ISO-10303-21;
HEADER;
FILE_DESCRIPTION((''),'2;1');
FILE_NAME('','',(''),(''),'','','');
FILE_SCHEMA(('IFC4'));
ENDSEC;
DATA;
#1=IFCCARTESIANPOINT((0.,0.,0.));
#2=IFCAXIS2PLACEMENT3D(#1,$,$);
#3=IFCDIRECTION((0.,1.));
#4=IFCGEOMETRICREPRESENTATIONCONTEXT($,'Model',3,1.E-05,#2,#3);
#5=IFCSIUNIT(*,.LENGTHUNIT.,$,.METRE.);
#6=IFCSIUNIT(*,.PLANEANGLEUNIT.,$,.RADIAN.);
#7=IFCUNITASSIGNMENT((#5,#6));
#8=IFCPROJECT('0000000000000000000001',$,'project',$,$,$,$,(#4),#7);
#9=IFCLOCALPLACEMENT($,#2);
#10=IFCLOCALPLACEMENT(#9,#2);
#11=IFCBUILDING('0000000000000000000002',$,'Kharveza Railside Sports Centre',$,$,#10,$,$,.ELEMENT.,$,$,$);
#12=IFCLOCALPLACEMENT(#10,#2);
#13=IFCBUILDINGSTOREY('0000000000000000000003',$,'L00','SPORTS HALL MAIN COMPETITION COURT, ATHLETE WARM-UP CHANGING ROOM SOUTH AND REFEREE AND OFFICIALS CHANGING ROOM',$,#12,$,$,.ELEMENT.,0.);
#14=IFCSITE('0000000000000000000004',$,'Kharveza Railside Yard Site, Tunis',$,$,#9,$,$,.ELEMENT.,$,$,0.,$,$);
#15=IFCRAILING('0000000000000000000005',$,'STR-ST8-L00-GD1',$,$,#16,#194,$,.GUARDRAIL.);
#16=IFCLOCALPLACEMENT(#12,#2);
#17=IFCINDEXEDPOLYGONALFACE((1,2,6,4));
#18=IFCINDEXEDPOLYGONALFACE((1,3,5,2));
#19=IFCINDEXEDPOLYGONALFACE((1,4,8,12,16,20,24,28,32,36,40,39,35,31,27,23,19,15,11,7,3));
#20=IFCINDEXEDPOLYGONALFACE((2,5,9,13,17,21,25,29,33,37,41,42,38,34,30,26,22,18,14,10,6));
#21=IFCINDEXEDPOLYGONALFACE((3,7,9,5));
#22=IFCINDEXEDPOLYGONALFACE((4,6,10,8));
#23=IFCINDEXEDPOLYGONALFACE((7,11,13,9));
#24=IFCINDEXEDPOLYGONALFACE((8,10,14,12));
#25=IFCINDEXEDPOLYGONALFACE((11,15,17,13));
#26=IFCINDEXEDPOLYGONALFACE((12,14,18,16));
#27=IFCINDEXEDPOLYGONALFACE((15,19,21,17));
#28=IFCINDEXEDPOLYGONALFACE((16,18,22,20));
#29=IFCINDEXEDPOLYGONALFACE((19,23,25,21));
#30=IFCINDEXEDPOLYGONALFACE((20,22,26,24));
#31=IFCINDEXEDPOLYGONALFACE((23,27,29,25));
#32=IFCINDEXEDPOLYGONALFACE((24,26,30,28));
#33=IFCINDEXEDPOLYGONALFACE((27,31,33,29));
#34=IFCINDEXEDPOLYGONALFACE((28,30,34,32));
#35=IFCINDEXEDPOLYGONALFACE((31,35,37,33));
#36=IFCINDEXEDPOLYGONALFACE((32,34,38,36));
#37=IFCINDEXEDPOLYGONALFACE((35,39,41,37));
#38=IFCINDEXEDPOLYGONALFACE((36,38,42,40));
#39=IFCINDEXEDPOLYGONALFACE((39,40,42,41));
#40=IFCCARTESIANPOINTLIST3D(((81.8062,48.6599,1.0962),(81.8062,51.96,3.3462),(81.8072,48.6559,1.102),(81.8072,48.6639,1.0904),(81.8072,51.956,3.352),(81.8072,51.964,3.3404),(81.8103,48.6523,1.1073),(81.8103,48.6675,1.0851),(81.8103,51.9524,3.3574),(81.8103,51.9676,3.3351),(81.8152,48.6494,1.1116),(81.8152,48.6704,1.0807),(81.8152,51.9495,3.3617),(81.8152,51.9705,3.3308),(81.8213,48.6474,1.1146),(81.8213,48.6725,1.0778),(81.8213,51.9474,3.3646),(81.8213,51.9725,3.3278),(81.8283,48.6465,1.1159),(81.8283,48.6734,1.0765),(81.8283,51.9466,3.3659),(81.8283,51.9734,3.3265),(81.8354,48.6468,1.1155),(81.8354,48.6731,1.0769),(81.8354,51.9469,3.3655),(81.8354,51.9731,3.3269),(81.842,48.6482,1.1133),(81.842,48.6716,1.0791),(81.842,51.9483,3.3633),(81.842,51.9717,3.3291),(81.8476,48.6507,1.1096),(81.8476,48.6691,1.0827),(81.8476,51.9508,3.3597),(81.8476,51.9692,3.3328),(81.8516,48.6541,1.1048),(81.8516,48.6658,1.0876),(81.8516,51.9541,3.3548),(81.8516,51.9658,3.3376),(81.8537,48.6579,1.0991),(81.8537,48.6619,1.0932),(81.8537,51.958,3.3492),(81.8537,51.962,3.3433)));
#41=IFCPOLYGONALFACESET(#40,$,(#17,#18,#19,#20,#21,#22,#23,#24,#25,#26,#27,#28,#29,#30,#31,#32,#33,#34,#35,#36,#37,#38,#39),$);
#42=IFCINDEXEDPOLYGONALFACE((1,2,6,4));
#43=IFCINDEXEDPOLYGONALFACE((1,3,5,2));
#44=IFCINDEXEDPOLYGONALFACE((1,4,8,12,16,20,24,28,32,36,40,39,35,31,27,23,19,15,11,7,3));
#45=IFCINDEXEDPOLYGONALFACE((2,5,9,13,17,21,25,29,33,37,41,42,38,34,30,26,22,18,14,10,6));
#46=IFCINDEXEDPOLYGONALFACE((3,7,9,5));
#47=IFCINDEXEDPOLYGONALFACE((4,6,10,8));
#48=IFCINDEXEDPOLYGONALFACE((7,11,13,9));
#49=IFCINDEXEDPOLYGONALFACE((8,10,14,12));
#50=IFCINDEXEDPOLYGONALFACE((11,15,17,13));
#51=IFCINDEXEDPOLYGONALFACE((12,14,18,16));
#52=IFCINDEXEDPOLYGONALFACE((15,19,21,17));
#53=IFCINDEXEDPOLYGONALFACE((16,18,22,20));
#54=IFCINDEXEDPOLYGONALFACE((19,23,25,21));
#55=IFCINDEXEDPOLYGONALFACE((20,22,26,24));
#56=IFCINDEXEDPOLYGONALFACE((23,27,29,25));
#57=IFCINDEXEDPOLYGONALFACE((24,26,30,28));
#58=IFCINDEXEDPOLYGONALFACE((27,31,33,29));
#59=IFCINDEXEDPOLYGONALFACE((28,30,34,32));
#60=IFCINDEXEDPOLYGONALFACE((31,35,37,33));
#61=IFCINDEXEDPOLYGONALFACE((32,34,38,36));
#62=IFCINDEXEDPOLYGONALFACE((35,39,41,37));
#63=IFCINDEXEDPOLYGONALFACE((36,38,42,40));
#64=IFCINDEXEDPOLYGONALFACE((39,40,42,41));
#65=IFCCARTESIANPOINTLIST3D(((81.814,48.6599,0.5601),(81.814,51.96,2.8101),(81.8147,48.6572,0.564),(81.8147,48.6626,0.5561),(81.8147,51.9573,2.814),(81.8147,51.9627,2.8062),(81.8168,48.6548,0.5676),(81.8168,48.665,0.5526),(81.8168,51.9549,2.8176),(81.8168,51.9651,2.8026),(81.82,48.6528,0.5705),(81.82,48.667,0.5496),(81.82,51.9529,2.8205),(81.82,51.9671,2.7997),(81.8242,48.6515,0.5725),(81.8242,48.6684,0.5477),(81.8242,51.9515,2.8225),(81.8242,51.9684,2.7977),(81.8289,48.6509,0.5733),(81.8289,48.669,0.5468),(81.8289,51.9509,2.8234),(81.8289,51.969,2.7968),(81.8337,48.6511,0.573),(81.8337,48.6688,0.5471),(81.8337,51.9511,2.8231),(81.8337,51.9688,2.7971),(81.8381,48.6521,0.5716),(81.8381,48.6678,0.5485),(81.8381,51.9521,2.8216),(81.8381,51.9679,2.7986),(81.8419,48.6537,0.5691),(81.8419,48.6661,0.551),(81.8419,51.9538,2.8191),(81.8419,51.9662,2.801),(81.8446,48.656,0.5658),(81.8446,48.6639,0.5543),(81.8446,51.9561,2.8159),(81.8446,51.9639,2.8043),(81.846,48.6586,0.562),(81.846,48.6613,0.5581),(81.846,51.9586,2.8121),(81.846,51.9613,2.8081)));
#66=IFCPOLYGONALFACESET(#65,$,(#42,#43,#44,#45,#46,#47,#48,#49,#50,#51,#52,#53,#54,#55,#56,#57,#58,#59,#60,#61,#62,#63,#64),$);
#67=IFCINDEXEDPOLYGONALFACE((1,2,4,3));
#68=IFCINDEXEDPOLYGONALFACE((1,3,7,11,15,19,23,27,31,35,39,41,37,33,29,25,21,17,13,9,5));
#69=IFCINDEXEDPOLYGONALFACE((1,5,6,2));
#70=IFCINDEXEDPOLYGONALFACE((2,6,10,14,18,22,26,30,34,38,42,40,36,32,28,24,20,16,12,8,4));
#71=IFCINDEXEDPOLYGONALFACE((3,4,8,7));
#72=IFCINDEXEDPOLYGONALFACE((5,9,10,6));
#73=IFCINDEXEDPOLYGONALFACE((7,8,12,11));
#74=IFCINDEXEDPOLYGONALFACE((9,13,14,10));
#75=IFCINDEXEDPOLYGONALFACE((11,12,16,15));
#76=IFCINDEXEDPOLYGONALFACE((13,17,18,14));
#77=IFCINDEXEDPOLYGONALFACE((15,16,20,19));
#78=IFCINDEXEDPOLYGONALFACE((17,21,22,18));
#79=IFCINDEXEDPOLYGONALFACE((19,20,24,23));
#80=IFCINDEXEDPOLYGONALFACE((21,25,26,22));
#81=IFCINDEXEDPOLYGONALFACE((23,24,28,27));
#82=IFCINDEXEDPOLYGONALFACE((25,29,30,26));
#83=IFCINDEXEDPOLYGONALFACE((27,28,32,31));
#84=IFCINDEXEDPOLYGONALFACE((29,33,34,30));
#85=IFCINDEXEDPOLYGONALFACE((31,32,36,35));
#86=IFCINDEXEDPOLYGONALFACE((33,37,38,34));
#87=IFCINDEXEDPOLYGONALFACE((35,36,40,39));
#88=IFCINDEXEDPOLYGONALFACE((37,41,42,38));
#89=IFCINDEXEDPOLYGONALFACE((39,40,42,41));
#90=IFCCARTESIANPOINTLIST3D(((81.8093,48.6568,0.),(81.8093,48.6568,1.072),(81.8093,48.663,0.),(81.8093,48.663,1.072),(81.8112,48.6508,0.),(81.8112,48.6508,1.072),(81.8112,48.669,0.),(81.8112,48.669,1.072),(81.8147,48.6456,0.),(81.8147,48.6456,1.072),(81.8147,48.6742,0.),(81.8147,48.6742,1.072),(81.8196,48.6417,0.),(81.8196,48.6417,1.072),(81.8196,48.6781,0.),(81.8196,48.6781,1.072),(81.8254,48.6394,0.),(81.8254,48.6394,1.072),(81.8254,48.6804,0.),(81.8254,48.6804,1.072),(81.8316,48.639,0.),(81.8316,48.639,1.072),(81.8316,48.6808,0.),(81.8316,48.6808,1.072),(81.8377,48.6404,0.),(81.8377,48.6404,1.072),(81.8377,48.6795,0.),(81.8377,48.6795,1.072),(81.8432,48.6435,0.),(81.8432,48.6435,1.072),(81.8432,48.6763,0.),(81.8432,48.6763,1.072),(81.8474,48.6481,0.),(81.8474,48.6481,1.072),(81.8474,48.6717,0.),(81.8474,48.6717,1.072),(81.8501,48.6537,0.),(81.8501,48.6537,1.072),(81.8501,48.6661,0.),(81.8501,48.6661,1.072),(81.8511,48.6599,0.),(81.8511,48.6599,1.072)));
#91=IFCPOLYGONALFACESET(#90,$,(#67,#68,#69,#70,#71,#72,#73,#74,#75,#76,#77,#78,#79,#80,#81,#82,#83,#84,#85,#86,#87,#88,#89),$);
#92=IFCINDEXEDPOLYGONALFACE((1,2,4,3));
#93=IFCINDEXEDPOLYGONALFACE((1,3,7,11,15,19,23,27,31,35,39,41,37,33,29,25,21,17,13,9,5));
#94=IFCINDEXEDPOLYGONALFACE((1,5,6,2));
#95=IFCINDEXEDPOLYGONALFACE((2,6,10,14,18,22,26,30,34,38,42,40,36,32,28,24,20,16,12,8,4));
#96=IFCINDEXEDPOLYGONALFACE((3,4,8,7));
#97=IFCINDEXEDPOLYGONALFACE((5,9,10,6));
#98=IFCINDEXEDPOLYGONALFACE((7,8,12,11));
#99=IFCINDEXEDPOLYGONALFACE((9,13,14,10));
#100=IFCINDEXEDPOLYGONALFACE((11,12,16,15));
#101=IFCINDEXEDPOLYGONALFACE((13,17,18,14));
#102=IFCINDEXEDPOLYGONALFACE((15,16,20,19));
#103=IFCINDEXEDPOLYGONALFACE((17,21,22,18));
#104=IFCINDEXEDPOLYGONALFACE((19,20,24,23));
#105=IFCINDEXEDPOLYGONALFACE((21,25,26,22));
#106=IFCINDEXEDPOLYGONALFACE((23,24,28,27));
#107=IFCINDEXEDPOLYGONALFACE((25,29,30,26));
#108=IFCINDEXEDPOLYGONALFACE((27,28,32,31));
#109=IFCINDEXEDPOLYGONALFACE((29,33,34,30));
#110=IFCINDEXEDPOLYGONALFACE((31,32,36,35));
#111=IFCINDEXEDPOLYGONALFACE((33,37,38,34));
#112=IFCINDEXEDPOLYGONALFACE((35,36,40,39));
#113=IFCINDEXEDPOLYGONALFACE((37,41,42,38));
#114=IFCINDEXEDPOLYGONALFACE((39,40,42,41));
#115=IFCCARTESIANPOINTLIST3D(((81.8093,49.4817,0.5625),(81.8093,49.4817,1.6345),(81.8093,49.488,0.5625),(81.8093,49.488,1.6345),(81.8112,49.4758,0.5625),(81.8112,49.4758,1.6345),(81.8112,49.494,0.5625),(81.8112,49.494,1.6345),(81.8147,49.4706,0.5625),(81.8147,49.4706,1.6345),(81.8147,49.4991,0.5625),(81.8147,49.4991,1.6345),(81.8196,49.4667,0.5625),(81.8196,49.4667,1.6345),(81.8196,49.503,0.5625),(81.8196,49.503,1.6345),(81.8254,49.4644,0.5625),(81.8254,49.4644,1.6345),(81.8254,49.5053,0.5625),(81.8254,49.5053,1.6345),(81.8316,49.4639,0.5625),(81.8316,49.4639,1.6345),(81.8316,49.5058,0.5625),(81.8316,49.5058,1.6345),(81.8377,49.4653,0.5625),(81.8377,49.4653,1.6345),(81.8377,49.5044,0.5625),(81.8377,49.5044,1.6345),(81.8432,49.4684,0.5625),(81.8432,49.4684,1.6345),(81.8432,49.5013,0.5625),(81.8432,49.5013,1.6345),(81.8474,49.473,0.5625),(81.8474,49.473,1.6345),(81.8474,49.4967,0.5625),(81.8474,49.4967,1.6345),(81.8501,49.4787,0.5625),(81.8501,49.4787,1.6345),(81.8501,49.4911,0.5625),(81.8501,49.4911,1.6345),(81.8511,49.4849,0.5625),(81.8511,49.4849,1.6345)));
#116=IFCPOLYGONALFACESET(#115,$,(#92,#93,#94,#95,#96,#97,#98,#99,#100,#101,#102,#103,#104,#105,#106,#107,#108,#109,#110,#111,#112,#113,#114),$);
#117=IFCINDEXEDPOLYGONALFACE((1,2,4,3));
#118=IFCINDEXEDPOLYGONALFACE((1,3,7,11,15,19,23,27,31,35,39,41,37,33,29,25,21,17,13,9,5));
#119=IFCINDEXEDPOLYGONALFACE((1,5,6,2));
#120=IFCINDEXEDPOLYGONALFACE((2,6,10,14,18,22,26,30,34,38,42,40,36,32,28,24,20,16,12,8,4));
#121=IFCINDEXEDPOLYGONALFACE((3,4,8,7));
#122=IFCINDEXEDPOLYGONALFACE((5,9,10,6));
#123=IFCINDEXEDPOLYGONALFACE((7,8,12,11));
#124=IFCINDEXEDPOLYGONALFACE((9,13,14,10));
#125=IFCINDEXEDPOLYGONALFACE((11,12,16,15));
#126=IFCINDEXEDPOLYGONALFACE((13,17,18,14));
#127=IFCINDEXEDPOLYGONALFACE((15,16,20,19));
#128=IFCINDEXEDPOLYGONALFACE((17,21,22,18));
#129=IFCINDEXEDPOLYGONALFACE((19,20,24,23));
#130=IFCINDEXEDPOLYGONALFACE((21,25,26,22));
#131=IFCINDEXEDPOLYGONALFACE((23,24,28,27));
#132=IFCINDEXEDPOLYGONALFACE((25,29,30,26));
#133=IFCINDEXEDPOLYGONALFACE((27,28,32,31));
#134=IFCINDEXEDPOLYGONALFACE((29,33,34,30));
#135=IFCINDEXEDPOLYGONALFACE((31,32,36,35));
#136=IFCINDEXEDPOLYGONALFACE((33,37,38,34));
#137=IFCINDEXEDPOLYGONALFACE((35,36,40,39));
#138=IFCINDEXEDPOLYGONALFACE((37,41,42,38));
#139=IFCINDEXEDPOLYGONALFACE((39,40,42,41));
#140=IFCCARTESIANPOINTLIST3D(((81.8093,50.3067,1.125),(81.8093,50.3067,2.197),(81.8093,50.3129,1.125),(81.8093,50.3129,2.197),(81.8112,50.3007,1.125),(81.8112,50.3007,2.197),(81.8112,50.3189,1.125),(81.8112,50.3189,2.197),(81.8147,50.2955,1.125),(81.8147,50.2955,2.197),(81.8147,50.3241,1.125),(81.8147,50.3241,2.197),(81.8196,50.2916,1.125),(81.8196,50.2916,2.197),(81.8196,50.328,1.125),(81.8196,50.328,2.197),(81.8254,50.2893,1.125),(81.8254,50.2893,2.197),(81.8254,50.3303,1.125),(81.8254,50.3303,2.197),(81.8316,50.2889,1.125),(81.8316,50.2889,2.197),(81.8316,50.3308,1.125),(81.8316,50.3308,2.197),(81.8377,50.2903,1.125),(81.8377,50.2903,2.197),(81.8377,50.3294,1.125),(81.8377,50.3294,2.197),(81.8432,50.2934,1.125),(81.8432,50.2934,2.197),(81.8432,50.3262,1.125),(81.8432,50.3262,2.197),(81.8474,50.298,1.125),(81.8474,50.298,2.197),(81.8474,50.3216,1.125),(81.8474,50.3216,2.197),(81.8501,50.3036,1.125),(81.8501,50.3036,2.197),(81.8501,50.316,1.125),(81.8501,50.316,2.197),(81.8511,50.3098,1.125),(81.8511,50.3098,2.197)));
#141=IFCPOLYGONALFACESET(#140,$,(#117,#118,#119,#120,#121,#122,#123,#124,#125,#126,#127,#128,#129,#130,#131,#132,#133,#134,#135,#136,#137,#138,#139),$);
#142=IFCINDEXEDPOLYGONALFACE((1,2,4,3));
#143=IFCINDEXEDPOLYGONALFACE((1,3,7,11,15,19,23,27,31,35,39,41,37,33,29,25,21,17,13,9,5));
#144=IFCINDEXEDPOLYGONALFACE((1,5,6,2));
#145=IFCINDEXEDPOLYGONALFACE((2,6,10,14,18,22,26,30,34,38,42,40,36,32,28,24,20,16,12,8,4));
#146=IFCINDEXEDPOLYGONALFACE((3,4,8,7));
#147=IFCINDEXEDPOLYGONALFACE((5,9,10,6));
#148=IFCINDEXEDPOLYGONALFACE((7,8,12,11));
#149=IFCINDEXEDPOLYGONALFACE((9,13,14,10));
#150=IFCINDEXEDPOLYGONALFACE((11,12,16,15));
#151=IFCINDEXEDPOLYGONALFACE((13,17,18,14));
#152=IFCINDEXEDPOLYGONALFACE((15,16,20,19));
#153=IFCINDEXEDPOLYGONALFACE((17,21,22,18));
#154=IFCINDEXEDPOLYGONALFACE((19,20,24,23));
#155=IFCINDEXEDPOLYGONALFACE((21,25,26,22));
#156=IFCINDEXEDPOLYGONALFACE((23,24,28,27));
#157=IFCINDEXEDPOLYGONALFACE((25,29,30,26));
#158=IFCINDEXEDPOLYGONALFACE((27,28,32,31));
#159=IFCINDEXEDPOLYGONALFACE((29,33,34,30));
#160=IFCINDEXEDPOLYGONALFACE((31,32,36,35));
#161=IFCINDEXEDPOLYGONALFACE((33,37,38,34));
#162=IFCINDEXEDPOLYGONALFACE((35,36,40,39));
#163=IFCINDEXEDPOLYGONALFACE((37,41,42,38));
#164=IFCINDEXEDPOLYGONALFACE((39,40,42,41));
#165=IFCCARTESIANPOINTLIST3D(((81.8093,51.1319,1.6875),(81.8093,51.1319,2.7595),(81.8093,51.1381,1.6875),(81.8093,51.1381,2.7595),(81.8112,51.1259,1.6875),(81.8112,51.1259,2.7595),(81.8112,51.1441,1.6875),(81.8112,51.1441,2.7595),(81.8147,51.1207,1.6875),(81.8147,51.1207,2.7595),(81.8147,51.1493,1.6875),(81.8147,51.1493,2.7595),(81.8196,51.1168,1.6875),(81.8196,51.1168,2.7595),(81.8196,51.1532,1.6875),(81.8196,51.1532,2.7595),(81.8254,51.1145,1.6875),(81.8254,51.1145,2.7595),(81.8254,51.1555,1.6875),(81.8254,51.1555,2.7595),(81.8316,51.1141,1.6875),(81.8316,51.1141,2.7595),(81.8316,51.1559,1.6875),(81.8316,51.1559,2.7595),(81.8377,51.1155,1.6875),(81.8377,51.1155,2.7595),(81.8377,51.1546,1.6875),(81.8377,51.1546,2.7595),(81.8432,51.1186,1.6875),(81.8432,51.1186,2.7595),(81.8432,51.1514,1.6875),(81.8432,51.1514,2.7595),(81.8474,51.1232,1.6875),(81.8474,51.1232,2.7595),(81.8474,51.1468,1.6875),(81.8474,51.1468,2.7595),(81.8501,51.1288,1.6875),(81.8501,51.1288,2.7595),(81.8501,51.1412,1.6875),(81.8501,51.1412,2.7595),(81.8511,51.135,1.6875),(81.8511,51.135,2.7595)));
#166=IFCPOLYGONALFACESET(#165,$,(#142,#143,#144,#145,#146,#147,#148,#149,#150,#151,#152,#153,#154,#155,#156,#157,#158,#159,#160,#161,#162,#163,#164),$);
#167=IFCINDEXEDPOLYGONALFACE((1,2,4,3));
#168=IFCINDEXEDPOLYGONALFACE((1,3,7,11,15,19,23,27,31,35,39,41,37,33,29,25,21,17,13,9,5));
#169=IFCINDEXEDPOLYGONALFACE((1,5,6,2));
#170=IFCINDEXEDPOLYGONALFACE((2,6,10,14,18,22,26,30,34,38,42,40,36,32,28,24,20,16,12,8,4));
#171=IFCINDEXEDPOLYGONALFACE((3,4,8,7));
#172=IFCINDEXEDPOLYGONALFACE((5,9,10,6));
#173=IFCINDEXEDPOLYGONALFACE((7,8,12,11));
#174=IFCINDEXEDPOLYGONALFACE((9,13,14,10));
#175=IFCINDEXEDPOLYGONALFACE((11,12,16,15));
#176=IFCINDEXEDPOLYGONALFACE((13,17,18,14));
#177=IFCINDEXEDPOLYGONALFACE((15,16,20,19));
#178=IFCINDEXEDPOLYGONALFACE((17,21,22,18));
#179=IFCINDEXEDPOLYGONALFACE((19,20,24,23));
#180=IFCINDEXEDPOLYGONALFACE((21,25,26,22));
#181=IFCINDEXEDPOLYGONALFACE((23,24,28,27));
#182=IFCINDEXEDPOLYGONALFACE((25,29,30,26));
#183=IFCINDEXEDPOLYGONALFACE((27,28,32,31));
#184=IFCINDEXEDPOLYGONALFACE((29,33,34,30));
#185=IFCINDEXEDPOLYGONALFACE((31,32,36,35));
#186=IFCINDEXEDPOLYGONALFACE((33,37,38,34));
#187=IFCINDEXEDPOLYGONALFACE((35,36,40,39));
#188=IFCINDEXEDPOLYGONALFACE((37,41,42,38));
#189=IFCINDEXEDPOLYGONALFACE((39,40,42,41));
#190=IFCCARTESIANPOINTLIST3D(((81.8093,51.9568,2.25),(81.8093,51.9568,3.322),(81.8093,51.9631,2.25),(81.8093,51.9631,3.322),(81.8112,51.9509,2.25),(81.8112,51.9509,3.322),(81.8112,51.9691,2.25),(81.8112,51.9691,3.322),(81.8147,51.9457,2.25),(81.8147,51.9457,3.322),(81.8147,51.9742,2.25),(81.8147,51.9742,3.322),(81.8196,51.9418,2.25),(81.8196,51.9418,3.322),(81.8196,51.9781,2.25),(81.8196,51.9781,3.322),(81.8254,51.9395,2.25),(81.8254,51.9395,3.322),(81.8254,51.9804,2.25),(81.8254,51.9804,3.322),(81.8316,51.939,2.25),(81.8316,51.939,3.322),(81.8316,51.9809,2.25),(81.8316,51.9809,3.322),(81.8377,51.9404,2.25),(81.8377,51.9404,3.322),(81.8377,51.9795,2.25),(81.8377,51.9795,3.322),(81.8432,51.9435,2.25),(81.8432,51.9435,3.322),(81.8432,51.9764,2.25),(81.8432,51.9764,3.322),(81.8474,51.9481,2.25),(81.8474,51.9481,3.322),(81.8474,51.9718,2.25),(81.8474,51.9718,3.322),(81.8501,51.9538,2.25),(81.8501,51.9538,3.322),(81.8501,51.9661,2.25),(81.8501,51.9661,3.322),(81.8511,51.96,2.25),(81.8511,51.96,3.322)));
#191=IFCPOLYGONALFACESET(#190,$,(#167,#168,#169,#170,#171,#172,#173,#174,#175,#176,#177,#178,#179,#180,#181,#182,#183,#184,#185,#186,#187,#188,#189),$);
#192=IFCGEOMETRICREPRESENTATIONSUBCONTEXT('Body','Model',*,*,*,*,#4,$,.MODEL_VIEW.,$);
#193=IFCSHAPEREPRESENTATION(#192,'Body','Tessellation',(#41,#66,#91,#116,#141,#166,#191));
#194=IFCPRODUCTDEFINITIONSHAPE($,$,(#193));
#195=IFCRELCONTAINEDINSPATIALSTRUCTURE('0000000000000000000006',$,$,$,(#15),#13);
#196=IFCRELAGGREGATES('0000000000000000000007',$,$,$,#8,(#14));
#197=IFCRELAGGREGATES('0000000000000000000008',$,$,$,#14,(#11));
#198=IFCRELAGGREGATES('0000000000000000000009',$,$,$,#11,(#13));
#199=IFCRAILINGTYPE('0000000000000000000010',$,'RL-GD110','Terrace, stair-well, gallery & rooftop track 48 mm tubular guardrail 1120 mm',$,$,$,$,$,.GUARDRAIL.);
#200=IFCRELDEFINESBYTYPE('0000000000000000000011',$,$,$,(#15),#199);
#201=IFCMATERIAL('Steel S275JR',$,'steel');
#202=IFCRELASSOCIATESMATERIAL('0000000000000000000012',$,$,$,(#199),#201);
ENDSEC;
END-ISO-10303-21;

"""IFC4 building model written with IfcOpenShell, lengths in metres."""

from ifc_helpers import new_model, si_unit, direction, frame, origin, origin_2d, place, context, subcontext, project, spatial, circle, extrude, material, type_object, element, save


model = new_model("IFC4")

# Units and contexts
model_context = context("Model", 3, precision=1e-05, world=origin(), true_north=direction((0.0, 1.0)))
body_context = subcontext(model_context, "Body", "Model", "MODEL_VIEW")
ifc_project = project(units=[si_unit("LENGTHUNIT", "METRE"), si_unit("PLANEANGLEUNIT", "RADIAN")], contexts=[model_context])

# Site, building, storey
site_placement = place(None, origin())
site = spatial("IfcSite", under=ifc_project, at=site_placement, Name="Kharveza Railside Yard Site, Tunis", CompositionType="ELEMENT", RefElevation=0.0)
building_placement = place(site_placement, origin())
building = spatial("IfcBuilding", under=site, at=building_placement, Name="Kharveza Railside Sports Centre", CompositionType="ELEMENT")
storey_placement = place(building_placement, origin())
storey = spatial("IfcBuildingStorey", under=building, at=storey_placement, Name="L00", Description="SPORTS HALL MAIN COMPETITION COURT, ATHLETE WARM-UP CHANGING ROOM SOUTH AND REFEREE AND OFFICIALS CHANGING ROOM", CompositionType="ELEMENT", Elevation=0.0)

# Railing
ifc_material_1 = material(Name="Steel S275JR", Category="steel")
railing_type_1 = type_object("IfcRailingType", Name="RL-GD110", Description="Terrace, stair-well, gallery & rooftop track 48 mm tubular guardrail 1120 mm", PredefinedType="GUARDRAIL", material=ifc_material_1)
railing_1_placement = place(storey_placement, frame((81.8301, 48.6599, 0.0)))
element("IfcRailing", 1, at=railing_1_placement, inside=storey, type_object=railing_type_1, Name="STR-ST8-L00-GD1", PredefinedType="GUARDRAIL", context=body_context, shape_type="SweptSolid", body=[
    extrude(circle(Radius=0.0239, at=origin_2d()), frame((0.0, 0.0, 1.0962), z_axis=(0.0, 0.826231, 0.563331), x_axis=(-1.0, 0.0, 0.0)), (0.0, 0.0, 1.0), 3.9941),
    extrude(circle(Radius=0.0161, at=origin_2d()), frame((0.0, 0.0, 0.5601), z_axis=(0.0, 0.826231, 0.563331), x_axis=(-1.0, 0.0, 0.0)), (0.0, 0.0, 1.0), 3.9941),
    extrude(circle(Radius=0.021, at=origin_2d()), origin(), (0.0, 0.0, 1.0), 1.072),
    extrude(circle(Radius=0.021, at=origin_2d()), frame((0.0, 0.825, 0.5625)), (0.0, 0.0, 1.0), 1.072),
    extrude(circle(Radius=0.021, at=origin_2d()), frame((0.0, 1.6499, 1.125)), (0.0, 0.0, 1.0), 1.072),
    extrude(circle(Radius=0.021, at=origin_2d()), frame((0.0, 2.4751, 1.6875)), (0.0, 0.0, 1.0), 1.072),
    extrude(circle(Radius=0.021, at=origin_2d()), frame((0.0, 3.3, 2.25)), (0.0, 0.0, 1.0), 1.072),
])

save(model, "model.ifc")
